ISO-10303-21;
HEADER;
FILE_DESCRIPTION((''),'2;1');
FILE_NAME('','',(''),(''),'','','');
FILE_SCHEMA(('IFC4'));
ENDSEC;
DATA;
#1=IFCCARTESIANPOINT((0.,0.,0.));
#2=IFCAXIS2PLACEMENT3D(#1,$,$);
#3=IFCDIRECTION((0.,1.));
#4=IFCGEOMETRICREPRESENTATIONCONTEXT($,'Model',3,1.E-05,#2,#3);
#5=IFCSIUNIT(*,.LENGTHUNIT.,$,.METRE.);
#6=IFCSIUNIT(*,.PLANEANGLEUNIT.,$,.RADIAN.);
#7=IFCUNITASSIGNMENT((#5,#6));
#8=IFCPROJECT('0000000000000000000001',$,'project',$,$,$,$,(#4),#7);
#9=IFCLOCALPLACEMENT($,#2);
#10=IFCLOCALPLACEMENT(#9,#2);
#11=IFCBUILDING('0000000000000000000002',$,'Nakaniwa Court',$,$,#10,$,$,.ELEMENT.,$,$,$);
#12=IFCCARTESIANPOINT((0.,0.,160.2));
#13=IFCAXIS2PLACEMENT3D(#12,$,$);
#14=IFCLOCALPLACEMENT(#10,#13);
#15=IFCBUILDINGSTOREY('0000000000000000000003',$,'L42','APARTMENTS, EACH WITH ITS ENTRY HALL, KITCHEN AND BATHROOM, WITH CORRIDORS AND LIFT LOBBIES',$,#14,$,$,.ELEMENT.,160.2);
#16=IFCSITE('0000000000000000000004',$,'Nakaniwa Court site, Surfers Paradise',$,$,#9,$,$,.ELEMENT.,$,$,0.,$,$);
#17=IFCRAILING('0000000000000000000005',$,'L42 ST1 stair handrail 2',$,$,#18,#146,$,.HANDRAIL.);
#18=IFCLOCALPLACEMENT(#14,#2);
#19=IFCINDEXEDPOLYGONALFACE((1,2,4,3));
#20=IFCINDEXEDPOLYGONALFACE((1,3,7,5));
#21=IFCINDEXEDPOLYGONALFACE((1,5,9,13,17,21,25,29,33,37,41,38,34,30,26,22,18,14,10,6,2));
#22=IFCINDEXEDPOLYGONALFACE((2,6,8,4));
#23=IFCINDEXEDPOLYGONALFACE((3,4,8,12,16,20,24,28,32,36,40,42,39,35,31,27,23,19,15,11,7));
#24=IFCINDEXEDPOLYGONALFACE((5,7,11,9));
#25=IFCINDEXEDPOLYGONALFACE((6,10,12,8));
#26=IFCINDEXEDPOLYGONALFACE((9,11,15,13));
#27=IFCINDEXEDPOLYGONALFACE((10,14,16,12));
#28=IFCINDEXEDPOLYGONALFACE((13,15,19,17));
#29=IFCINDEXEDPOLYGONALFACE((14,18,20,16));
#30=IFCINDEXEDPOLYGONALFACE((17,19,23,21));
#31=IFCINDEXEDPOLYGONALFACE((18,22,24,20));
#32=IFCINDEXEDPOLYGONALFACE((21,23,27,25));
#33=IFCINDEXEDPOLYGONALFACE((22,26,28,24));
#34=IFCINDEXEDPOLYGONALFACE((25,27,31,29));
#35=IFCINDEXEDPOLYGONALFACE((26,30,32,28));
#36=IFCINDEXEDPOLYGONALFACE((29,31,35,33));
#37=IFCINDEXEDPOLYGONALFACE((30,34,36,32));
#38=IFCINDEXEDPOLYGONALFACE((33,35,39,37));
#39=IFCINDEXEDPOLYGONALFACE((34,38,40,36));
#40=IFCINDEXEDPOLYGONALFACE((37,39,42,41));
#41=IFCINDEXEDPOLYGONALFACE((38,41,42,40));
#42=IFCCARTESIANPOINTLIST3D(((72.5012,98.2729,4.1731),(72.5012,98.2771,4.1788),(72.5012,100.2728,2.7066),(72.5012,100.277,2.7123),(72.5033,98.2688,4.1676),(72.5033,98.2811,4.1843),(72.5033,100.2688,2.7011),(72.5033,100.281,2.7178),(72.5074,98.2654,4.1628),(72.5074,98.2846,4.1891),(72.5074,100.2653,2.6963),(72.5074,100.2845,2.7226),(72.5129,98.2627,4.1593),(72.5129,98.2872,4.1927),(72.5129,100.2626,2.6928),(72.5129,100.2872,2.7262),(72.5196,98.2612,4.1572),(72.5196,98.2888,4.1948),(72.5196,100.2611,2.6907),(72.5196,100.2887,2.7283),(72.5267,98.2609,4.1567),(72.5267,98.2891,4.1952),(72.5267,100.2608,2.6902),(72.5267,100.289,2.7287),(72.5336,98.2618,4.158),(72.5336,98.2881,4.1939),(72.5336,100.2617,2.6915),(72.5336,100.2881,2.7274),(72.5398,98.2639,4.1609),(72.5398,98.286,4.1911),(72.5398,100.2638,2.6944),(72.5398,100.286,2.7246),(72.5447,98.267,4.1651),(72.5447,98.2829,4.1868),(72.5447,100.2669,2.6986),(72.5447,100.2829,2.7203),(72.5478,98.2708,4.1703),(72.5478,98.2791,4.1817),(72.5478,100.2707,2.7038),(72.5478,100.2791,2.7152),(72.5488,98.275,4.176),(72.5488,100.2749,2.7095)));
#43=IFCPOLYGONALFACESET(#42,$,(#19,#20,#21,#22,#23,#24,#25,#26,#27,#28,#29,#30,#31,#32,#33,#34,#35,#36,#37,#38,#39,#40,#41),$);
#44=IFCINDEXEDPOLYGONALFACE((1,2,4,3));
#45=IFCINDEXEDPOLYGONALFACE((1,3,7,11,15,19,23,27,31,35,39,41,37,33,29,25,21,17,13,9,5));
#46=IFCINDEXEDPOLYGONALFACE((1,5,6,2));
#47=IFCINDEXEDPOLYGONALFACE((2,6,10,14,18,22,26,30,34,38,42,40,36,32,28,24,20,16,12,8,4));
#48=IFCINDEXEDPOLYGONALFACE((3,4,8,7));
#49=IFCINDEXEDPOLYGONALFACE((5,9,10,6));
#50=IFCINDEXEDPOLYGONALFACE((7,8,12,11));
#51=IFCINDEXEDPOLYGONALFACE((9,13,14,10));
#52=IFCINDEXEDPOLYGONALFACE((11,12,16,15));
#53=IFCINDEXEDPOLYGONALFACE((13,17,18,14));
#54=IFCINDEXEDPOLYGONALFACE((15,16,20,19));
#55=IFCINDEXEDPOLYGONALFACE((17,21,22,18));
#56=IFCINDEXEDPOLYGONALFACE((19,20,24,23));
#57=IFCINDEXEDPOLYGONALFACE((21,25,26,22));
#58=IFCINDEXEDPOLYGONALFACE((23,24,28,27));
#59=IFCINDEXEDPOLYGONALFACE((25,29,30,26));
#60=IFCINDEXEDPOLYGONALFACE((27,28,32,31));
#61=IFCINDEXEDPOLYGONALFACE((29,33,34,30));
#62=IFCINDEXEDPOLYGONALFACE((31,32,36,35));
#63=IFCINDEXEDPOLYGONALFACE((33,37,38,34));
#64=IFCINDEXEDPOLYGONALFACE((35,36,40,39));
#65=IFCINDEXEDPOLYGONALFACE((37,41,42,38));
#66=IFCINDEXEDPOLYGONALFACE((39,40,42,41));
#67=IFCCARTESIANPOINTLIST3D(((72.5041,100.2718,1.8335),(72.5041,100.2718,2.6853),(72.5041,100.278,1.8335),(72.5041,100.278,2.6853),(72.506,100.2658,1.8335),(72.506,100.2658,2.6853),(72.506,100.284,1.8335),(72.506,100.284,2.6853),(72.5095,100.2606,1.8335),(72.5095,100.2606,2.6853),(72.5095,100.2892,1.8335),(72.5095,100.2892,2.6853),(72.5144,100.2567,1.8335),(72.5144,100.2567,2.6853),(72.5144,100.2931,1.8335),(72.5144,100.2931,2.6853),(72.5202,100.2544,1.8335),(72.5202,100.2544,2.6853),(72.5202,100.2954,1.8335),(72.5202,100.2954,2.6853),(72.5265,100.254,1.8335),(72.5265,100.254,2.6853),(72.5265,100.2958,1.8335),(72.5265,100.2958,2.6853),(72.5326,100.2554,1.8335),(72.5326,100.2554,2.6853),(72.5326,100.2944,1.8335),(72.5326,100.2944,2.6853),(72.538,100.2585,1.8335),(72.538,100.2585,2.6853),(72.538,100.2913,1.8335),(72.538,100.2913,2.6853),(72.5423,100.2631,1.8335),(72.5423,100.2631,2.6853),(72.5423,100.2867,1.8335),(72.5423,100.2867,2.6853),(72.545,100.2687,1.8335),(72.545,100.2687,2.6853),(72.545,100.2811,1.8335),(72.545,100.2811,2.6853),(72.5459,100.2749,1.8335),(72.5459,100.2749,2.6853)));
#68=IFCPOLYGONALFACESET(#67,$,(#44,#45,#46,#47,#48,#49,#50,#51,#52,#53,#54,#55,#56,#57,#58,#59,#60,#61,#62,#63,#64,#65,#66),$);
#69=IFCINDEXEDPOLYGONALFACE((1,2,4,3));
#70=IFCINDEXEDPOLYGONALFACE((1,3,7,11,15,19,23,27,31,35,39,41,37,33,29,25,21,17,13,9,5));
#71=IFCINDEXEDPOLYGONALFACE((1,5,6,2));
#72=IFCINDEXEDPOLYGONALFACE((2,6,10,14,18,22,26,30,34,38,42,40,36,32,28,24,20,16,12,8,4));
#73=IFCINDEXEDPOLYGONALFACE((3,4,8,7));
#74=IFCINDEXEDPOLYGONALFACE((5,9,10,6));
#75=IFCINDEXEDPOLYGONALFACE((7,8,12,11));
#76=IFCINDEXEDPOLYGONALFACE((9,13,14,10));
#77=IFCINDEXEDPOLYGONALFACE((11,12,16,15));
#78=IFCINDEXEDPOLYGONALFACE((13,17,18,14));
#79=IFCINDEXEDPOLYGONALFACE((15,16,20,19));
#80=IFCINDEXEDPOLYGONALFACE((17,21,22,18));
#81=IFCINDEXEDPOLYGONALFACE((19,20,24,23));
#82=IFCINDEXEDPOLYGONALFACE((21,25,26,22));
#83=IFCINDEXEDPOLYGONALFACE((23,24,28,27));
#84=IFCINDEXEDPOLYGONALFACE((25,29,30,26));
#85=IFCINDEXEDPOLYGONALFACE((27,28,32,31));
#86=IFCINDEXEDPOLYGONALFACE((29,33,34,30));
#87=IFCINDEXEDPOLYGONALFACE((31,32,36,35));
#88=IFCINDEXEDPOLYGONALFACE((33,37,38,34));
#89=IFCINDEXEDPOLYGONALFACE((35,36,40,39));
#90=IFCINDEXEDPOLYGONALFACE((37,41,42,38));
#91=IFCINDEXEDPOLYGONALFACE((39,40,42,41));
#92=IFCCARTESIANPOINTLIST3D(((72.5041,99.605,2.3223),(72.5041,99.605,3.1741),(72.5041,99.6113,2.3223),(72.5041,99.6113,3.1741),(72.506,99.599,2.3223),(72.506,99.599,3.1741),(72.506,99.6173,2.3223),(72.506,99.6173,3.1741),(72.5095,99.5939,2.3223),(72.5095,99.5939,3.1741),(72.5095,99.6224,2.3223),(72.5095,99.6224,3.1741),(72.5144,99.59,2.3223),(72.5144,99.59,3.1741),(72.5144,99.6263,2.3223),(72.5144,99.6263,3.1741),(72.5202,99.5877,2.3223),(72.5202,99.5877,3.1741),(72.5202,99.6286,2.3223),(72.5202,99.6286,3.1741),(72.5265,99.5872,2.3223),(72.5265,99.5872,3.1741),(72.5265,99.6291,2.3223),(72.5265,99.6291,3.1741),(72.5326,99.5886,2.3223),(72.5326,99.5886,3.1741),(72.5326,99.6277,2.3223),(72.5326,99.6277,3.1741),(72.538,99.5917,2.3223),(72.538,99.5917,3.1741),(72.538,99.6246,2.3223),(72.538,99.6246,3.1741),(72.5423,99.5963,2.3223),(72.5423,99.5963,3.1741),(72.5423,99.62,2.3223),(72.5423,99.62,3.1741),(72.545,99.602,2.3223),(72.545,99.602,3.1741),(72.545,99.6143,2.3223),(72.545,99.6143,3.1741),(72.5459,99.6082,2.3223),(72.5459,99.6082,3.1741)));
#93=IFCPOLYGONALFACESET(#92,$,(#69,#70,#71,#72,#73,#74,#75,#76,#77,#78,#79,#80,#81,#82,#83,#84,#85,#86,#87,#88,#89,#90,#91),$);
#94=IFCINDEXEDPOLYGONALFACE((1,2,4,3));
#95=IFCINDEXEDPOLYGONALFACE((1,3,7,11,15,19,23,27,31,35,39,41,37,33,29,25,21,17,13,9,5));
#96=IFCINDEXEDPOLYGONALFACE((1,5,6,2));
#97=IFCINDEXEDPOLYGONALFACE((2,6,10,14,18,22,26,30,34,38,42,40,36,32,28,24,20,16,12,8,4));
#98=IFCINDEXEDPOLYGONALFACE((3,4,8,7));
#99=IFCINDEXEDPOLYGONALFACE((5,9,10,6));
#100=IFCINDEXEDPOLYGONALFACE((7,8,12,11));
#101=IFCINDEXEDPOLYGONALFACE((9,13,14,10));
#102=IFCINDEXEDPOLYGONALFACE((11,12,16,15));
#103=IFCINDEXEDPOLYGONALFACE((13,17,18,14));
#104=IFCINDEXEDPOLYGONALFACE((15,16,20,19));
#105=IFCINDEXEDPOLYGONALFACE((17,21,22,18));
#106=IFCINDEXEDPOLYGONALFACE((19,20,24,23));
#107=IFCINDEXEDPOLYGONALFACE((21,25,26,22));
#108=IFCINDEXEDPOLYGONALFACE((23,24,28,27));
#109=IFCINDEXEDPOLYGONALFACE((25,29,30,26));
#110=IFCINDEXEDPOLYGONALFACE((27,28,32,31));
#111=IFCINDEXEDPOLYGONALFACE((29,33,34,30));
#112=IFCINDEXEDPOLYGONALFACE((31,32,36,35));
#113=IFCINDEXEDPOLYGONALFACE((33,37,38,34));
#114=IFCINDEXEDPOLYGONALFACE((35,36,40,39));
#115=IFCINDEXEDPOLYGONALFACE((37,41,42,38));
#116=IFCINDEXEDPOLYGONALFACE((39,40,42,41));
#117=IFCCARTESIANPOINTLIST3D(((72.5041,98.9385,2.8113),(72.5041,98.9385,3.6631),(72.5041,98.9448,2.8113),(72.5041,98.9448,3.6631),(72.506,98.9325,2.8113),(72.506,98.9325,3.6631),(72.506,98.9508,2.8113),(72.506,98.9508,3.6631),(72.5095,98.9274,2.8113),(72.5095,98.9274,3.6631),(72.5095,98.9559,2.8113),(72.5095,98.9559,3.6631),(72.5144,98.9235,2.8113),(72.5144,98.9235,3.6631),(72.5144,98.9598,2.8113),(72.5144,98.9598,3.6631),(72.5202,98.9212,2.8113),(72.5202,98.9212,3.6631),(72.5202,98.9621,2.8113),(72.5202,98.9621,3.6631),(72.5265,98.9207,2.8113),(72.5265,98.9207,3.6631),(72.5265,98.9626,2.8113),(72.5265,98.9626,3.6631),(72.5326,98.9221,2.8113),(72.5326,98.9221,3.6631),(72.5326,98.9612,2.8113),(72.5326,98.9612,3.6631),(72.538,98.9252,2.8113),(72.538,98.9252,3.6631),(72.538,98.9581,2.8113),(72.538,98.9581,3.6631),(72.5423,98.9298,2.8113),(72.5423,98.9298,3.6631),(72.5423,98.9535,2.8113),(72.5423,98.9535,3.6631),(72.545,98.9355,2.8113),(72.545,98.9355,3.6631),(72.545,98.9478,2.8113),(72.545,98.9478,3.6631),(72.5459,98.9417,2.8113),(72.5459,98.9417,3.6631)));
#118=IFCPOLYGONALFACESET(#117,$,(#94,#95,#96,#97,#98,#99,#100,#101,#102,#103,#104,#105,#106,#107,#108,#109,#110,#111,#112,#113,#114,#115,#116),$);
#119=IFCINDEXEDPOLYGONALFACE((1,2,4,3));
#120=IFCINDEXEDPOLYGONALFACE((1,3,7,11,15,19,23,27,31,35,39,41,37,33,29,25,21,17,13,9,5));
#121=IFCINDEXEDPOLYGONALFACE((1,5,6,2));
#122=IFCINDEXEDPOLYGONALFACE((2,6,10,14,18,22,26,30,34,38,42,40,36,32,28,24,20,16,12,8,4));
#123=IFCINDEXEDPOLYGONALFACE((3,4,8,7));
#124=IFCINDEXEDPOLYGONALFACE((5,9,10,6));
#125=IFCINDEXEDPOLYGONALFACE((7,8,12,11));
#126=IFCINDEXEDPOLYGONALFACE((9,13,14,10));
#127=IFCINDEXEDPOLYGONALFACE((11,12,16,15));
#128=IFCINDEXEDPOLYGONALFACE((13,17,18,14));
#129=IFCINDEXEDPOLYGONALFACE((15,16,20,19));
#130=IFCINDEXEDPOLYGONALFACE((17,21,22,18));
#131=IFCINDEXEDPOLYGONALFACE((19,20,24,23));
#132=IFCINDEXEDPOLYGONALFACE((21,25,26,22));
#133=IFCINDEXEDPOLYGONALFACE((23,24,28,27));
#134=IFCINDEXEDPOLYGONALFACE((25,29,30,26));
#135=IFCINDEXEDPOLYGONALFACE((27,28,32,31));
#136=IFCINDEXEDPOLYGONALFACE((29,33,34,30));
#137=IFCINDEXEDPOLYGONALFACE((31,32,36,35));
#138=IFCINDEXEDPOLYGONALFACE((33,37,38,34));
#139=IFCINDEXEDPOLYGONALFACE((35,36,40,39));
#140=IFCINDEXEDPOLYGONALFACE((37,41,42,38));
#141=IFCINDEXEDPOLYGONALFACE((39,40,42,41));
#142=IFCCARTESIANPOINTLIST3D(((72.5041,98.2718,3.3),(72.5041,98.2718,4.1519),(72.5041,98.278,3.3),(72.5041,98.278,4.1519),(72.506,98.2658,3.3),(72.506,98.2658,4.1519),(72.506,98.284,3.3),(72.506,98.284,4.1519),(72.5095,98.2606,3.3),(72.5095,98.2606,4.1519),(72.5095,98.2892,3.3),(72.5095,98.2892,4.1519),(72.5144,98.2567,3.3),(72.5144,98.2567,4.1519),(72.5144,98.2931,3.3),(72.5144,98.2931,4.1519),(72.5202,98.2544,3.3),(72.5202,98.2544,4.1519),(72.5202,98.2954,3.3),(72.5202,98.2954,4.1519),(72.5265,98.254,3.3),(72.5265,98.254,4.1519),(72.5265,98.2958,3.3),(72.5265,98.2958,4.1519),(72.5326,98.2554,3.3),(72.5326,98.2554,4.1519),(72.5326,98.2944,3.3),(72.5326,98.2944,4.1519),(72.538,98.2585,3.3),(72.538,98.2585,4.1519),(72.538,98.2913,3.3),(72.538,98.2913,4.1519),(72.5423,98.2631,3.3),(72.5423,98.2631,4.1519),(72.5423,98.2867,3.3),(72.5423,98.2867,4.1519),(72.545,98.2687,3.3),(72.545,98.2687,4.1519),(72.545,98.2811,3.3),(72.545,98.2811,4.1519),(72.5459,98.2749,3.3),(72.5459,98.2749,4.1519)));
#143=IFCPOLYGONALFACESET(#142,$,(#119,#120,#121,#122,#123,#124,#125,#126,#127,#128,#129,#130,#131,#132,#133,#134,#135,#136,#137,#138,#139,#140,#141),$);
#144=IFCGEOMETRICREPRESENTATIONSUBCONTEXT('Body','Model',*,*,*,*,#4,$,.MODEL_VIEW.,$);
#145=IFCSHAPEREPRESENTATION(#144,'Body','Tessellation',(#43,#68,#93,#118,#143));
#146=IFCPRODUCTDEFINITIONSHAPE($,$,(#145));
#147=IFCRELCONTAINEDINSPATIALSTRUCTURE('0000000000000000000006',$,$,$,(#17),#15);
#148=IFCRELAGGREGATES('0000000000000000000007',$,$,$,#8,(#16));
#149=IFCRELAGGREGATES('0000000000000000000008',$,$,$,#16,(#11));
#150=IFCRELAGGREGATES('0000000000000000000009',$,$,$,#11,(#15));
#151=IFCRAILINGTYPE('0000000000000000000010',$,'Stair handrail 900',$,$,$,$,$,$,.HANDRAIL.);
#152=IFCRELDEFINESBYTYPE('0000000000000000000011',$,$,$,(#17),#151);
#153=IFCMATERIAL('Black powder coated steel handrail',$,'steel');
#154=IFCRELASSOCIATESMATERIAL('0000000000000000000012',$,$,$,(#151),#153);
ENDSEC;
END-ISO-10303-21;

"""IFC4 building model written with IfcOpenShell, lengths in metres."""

from ifc_helpers import new_model, si_unit, direction, frame, origin, origin_2d, place, context, subcontext, project, spatial, circle, extrude, material, type_object, element, save


model = new_model("IFC4")

# Units and contexts
model_context = context("Model", 3, precision=1e-05, world=origin(), true_north=direction((0.0, 1.0)))
body_context = subcontext(model_context, "Body", "Model", "MODEL_VIEW")
ifc_project = project(units=[si_unit("LENGTHUNIT", "METRE"), si_unit("PLANEANGLEUNIT", "RADIAN")], contexts=[model_context])

# Site, building, storey
site_placement = place(None, origin())
site = spatial("IfcSite", under=ifc_project, at=site_placement, Name="Nakaniwa Court site, Surfers Paradise", CompositionType="ELEMENT", RefElevation=0.0)
building_placement = place(site_placement, origin())
building = spatial("IfcBuilding", under=site, at=building_placement, Name="Nakaniwa Court", CompositionType="ELEMENT")
storey_placement = place(building_placement, frame((0.0, 0.0, 160.2)))
storey = spatial("IfcBuildingStorey", under=building, at=storey_placement, Name="L42", Description="APARTMENTS, EACH WITH ITS ENTRY HALL, KITCHEN AND BATHROOM, WITH CORRIDORS AND LIFT LOBBIES", CompositionType="ELEMENT", Elevation=160.2)

# Railing
ifc_material_1 = material(Name="Black powder coated steel handrail", Category="steel")
railing_type_1 = type_object("IfcRailingType", Name="Stair handrail 900", PredefinedType="HANDRAIL", material=ifc_material_1)
railing_1_placement = place(storey_placement, frame((72.5249, 100.2749, 1.8335)))
element("IfcRailing", 1, at=railing_1_placement, inside=storey, type_object=railing_type_1, Name="L42 ST1 stair handrail 2", PredefinedType="HANDRAIL", context=body_context, shape_type="SweptSolid", body=[
    extrude(circle(Radius=0.0239, at=origin_2d()), frame((0.0, 0.0, 0.876), z_axis=(0.0, -0.806427, 0.591334), x_axis=(1.0, 0.0, 0.0)), (0.0, 0.0, 1.0), 2.48),
    extrude(circle(Radius=0.021, at=origin_2d()), origin(), (0.0, 0.0, 1.0), 0.8518),
    extrude(circle(Radius=0.021, at=origin_2d()), frame((0.0, -0.6667, 0.4888)), (0.0, 0.0, 1.0), 0.8518),
    extrude(circle(Radius=0.021, at=origin_2d()), frame((0.0, -1.3333, 0.9778)), (0.0, 0.0, 1.0), 0.8518),
    extrude(circle(Radius=0.021, at=origin_2d()), frame((0.0, -2.0, 1.4666)), (0.0, 0.0, 1.0), 0.8518),
])

save(model, "model.ifc")
